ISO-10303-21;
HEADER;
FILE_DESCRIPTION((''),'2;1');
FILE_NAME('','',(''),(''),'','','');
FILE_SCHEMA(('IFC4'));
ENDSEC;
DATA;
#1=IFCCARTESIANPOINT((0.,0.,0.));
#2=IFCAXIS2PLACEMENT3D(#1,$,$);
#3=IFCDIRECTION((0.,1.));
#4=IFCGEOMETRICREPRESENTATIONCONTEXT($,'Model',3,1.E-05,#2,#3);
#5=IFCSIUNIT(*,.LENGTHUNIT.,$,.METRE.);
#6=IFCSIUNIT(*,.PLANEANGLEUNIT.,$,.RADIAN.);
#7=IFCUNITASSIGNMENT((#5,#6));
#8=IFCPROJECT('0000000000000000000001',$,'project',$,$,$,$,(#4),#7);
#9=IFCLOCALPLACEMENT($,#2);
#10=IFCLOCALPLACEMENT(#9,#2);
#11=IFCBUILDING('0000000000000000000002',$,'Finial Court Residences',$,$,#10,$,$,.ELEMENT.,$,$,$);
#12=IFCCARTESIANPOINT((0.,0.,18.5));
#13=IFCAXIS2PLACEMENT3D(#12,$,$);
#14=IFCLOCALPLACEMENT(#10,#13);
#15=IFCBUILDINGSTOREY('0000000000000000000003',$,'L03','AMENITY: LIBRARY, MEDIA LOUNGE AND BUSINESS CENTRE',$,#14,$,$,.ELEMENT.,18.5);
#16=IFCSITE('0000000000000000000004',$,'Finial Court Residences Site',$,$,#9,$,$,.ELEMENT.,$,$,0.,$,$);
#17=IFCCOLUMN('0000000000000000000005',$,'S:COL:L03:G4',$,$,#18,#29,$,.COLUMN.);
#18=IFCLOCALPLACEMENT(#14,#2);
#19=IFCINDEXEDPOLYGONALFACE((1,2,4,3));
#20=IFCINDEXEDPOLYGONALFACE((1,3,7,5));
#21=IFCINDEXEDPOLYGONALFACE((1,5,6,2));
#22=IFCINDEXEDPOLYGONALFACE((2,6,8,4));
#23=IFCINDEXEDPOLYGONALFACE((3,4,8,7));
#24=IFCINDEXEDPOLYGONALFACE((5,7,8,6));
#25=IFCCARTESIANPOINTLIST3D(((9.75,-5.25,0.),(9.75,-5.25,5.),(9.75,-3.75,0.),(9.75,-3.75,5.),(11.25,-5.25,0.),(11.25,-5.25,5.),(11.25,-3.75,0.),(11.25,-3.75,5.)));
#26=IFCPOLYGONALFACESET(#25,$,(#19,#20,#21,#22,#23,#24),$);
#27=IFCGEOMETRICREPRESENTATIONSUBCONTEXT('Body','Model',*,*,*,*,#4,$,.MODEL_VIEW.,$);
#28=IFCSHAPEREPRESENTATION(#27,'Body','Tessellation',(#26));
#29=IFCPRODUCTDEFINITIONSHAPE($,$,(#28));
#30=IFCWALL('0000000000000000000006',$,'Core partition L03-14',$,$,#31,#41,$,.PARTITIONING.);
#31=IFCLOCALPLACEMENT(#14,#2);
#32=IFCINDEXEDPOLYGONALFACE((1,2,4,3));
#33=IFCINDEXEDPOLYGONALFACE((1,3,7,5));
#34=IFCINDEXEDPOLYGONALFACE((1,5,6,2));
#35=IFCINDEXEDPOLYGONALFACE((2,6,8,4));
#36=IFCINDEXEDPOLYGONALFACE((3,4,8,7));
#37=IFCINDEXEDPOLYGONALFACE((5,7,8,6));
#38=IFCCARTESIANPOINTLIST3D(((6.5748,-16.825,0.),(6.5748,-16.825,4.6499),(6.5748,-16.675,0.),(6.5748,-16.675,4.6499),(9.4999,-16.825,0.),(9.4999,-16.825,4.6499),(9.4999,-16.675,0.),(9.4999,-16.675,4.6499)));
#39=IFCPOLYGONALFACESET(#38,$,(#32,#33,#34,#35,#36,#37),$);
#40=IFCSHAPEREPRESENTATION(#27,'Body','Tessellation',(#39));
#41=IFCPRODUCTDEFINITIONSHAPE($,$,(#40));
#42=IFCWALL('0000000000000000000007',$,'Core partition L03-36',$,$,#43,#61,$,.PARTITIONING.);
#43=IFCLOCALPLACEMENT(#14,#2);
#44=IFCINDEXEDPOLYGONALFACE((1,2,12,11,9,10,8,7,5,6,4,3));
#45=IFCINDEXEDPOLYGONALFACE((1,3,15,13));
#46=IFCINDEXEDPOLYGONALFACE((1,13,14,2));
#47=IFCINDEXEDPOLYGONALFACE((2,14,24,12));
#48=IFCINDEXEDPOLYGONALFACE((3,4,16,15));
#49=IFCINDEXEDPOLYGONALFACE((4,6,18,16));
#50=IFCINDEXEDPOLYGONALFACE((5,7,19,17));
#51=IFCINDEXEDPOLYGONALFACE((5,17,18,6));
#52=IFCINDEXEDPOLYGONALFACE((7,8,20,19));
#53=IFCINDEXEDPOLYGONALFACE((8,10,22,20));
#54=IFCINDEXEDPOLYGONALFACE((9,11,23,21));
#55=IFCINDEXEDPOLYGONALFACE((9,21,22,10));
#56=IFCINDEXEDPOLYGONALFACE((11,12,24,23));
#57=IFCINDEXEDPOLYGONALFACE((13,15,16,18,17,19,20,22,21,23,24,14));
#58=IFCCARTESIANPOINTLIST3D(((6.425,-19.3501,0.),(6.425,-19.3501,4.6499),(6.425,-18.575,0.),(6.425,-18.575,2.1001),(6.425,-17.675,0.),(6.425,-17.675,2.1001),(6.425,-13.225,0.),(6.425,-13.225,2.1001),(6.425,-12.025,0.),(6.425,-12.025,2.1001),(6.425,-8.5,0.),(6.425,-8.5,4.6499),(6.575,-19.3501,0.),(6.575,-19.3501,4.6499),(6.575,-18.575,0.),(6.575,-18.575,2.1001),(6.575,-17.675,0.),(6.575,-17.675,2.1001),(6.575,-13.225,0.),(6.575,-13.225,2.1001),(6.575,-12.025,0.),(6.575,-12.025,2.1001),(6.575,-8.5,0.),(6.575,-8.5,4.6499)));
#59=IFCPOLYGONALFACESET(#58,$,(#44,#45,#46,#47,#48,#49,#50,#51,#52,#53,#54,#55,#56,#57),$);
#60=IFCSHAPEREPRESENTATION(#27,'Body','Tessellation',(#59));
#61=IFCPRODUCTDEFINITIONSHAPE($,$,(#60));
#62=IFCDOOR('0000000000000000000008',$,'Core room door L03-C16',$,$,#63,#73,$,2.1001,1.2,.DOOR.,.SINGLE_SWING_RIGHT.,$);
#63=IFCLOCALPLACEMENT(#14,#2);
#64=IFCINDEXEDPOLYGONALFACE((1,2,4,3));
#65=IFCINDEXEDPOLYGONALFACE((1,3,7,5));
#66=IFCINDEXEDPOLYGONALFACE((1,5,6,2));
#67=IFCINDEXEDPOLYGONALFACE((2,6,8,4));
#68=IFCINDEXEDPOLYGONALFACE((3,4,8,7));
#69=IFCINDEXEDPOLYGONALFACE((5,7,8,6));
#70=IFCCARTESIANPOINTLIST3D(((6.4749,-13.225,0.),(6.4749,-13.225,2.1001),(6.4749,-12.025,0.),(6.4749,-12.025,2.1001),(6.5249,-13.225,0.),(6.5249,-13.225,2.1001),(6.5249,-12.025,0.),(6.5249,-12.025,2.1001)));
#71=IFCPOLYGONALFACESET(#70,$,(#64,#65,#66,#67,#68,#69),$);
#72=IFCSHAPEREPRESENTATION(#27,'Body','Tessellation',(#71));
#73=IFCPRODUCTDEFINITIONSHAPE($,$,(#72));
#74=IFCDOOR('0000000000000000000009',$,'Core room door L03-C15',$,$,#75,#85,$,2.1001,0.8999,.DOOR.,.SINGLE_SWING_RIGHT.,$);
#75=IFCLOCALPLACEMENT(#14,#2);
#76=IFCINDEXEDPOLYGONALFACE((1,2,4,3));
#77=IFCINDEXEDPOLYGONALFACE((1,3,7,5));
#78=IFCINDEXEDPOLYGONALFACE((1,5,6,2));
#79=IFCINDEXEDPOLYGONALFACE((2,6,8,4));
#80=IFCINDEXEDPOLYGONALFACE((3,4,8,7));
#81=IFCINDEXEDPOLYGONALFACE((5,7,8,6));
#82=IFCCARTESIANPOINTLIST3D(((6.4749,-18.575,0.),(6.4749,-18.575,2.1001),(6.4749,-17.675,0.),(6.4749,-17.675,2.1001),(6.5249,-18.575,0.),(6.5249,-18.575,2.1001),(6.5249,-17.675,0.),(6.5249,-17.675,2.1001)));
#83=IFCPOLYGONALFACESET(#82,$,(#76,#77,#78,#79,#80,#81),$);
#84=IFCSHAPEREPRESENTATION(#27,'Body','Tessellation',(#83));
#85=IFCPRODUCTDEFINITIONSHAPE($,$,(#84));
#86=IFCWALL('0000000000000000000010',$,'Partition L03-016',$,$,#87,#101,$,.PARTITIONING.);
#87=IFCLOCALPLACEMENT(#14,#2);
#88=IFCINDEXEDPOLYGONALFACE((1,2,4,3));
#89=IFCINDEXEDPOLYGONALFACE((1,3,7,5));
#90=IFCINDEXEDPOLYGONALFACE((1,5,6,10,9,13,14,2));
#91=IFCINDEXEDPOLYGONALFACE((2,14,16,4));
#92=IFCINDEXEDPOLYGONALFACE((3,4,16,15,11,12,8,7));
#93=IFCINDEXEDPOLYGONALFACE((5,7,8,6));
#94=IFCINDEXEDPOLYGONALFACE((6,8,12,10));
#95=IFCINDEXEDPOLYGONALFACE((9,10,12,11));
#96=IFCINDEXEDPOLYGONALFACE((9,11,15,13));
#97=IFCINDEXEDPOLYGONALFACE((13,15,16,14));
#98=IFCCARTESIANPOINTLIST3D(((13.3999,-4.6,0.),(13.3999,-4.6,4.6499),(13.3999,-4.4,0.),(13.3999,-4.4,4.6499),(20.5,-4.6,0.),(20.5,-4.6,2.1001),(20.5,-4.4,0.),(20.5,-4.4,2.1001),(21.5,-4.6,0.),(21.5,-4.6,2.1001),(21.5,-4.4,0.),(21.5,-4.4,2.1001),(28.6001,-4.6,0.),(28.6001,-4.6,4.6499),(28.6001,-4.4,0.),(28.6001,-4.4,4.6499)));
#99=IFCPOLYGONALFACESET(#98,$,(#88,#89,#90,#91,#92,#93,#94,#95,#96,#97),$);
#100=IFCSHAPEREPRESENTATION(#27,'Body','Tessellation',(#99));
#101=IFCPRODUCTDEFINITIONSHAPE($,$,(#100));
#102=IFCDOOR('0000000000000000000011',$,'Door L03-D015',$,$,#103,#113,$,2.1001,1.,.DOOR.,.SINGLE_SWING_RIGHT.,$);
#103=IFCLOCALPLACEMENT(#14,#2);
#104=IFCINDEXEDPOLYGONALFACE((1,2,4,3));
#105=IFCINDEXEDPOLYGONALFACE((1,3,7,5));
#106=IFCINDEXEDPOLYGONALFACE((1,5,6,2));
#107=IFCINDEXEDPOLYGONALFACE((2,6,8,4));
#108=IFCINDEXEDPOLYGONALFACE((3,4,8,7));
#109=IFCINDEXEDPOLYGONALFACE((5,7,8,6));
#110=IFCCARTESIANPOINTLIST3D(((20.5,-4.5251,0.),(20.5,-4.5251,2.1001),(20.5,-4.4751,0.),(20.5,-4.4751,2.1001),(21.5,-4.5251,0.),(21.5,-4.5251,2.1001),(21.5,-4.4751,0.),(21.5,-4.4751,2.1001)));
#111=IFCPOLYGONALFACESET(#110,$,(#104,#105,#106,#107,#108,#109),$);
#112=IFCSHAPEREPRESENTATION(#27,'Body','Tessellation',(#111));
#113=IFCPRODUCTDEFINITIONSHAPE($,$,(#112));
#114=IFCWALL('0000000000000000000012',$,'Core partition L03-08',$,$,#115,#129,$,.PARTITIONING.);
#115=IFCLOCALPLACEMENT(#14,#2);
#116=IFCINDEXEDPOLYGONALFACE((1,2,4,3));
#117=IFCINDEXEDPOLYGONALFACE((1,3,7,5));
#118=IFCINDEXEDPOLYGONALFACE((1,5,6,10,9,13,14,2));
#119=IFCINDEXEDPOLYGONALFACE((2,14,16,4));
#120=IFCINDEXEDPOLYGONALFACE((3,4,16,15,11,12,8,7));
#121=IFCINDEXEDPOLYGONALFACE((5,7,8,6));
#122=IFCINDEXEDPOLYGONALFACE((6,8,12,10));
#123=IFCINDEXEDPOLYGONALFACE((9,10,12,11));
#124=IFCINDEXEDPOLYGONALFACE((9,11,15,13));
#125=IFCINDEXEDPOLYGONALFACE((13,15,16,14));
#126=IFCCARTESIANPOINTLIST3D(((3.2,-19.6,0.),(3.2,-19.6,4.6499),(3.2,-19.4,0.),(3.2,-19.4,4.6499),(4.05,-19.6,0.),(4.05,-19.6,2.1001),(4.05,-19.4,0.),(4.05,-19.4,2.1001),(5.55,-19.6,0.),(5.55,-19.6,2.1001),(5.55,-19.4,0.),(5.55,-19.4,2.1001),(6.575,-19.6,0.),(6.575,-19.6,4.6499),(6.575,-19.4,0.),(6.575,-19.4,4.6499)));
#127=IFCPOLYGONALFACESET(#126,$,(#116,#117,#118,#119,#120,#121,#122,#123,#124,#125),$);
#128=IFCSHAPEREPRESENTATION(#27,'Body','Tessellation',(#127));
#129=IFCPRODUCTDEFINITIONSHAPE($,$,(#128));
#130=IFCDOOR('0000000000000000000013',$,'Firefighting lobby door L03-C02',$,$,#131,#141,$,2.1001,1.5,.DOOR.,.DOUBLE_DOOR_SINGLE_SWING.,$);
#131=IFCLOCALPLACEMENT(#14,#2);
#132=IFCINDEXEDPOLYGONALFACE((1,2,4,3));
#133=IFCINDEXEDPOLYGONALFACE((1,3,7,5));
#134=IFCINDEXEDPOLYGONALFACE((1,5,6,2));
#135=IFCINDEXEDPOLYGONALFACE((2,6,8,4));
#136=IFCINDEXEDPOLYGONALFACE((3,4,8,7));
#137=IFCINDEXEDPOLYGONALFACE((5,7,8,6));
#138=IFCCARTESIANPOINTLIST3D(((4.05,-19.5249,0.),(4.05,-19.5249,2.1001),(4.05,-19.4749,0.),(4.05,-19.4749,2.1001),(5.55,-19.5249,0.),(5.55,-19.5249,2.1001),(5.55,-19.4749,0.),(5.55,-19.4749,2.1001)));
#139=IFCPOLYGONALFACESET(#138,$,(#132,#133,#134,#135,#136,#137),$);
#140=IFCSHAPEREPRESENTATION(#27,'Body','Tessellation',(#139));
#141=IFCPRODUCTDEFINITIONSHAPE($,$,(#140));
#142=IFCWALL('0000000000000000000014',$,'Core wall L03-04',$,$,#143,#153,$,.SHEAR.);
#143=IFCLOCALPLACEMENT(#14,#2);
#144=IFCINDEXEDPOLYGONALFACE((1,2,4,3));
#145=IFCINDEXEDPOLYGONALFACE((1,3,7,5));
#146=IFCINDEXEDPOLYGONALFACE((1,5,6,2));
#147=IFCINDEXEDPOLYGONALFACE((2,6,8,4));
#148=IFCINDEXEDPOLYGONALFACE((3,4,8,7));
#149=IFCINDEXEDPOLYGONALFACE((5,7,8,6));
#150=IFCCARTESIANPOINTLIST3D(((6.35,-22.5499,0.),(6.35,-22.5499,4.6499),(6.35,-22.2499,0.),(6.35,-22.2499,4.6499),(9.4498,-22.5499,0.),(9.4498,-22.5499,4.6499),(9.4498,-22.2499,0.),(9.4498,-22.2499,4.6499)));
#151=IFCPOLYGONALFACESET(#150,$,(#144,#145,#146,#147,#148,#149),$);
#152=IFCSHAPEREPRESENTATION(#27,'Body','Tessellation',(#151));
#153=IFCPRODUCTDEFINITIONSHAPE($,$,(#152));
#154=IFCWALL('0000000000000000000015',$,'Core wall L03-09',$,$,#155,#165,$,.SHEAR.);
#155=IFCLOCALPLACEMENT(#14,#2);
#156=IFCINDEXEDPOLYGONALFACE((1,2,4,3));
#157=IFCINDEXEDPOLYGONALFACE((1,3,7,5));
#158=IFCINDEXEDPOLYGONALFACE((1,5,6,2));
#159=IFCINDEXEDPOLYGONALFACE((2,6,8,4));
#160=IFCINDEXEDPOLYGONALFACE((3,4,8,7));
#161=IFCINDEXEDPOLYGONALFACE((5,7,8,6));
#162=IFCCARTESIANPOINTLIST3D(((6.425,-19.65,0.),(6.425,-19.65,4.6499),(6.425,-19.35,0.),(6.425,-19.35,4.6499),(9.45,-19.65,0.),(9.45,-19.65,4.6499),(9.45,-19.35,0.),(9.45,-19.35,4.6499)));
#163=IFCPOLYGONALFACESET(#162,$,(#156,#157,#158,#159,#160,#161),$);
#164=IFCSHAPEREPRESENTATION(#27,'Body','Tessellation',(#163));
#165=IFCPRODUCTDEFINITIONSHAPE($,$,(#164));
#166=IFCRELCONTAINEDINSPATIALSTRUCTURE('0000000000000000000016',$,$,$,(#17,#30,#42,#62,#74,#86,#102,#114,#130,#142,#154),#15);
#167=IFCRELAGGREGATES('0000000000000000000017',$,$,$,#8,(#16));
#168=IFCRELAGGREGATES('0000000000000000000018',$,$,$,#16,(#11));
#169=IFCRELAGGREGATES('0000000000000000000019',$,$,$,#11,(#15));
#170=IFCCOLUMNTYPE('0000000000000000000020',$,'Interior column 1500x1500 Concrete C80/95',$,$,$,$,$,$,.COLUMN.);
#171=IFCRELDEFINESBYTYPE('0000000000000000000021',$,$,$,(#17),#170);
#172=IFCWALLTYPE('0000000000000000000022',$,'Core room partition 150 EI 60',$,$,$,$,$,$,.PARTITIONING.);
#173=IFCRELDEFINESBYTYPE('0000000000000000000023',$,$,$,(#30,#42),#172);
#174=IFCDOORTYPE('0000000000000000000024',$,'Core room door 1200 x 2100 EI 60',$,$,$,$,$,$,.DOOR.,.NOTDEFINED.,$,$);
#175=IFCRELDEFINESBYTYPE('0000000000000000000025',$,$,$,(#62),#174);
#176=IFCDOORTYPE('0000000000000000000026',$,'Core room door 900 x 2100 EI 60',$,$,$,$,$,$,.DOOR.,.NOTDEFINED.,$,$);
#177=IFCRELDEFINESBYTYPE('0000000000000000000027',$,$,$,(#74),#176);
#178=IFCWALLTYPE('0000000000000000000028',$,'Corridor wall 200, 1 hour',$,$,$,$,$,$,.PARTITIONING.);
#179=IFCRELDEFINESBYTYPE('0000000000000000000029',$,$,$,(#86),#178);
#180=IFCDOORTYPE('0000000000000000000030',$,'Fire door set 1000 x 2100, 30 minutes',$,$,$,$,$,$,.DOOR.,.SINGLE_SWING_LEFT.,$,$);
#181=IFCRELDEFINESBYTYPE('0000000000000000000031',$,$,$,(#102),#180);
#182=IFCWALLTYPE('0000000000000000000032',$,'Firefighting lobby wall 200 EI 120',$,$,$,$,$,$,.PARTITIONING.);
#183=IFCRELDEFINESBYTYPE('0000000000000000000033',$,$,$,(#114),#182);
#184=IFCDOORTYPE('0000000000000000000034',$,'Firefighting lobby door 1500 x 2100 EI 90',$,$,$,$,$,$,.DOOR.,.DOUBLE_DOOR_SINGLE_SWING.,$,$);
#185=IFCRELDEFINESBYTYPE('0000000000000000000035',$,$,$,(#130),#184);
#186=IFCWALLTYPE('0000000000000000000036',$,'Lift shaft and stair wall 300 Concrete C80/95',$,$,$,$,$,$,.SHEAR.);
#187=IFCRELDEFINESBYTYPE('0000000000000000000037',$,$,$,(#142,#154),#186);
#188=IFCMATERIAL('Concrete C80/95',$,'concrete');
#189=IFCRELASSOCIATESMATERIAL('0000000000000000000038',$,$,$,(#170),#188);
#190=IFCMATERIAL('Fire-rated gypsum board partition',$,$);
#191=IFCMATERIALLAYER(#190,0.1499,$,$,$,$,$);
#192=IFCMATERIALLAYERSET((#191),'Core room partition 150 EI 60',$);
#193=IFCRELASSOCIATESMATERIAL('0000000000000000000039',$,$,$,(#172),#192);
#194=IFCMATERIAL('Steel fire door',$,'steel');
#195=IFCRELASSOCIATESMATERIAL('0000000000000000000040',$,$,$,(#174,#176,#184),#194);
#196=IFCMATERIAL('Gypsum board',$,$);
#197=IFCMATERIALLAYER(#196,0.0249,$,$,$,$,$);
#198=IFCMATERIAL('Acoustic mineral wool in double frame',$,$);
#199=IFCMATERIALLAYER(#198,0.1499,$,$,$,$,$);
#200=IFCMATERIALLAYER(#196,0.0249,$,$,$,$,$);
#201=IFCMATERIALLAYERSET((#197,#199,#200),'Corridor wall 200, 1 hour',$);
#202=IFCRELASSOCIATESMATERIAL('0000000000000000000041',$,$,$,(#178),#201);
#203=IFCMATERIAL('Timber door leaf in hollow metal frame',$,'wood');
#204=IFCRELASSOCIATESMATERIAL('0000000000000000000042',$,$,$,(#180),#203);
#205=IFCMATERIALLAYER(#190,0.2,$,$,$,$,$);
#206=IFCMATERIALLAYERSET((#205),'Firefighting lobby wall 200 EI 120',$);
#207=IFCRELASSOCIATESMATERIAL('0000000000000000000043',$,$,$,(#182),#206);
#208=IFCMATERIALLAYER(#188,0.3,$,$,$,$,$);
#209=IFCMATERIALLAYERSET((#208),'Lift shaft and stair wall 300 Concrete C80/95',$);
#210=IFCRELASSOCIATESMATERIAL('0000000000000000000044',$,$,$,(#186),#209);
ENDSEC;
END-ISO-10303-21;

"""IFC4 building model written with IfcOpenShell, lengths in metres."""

from ifc_helpers import new_model, si_unit, direction, frame, frame_2d, origin, origin_2d, place, context, subcontext, project, spatial, rectangle, extrude, material, layer, layer_set, material_profile, profile_set, type_object, element, fill, save


model = new_model("IFC4")

# Units and contexts
model_context = context("Model", 3, precision=1e-05, world=origin(), true_north=direction((0.0, 1.0)))
body_context = subcontext(model_context, "Body", "Model", "MODEL_VIEW")
ifc_project = project(units=[si_unit("LENGTHUNIT", "METRE"), si_unit("PLANEANGLEUNIT", "RADIAN")], contexts=[model_context])

# Site, building, storey
site_placement = place(None, origin())
site = spatial("IfcSite", under=ifc_project, at=site_placement, Name="Finial Court Residences Site", CompositionType="ELEMENT", RefElevation=0.0)
building_placement = place(site_placement, origin())
building = spatial("IfcBuilding", under=site, at=building_placement, Name="Finial Court Residences", CompositionType="ELEMENT")
storey_placement = place(building_placement, frame((0.0, 0.0, 18.5)))
storey = spatial("IfcBuildingStorey", under=building, at=storey_placement, Name="L03", Description="AMENITY: LIBRARY, MEDIA LOUNGE AND BUSINESS CENTRE", CompositionType="ELEMENT", Elevation=18.5)

# Column
ifc_material_1 = material(Name="Concrete C80/95", Category="concrete")
ifc_material_profile = material_profile(ifc_material_1, rectangle(XDim=1.5, YDim=1.5, at=origin_2d()), Name="1500x1500")
ifc_profile_set = profile_set([ifc_material_profile], Name="Concrete C80/95")
column_type = type_object("IfcColumnType", Name="Interior column 1500x1500 Concrete C80/95", PredefinedType="COLUMN", material=ifc_profile_set)
column_placement = place(storey_placement, frame((10.5, -4.5, 0.0), z_axis=(0.0, 0.0, 1.0), x_axis=(1.0, 0.0, 0.0)))
element("IfcColumn", 1, at=column_placement, inside=storey, type_object=column_type, Name="S:COL:L03:G4", PredefinedType="COLUMN", context=body_context, shape_type="SweptSolid", body=[
    extrude(rectangle(XDim=1.5, YDim=1.5, at=origin_2d()), origin(), (0.0, 0.0, 1.0), 5.0),
])

# Wall
ifc_material_2 = material(Name="Fire-rated gypsum board partition")
ifc_layer_1 = layer(ifc_material_2, 0.1499)
ifc_layer_set_1 = layer_set([ifc_layer_1], Name="Core room partition 150 EI 60")
wall_type_1 = type_object("IfcWallType", Name="Core room partition 150 EI 60", PredefinedType="PARTITIONING", material=ifc_layer_set_1)
wall_1_placement = place(storey_placement, frame((6.575, -16.75, 0.0), z_axis=(0.0, 0.0, 1.0), x_axis=(1.0, 0.0, 0.0)))
element("IfcWall", 2, at=wall_1_placement, inside=storey, type_object=wall_type_1, Name="Core partition L03-14", PredefinedType="PARTITIONING", context=body_context, shape_type="SweptSolid", body=[
    extrude(rectangle(XDim=2.925, YDim=0.1499, at=frame_2d((1.4624, 0.0))), origin(), (0.0, 0.0, 1.0), 4.6499),
])

# Wall, openings, doors
wall_2_placement = place(storey_placement, frame((6.5, -8.5, 0.0), z_axis=(0.0, 0.0, 1.0), x_axis=(0.0, -1.0, 0.0)))
wall_2 = element("IfcWall", 3, at=wall_2_placement, inside=storey, type_object=wall_type_1, Name="Core partition L03-36", PredefinedType="PARTITIONING", context=body_context, shape_type="SweptSolid", body=[
    extrude(rectangle(XDim=10.8501, YDim=0.1499, at=frame_2d((5.425, 0.0))), origin(), (0.0, 0.0, 1.0), 4.6499),
])
opening_1_placement = place(wall_2_placement, frame((9.175, 0.0, 0.0)))
opening_1 = element("IfcOpeningElement", 4, at=opening_1_placement, cuts=wall_2, PredefinedType="OPENING", context=body_context, shape_type="SweptSolid", body=[
    extrude(rectangle(XDim=0.8999, YDim=2.1001, at=frame_2d((0.45, 1.05))), frame((0.0, 0.085, 0.0), z_axis=(0.0, -1.0, 0.0), x_axis=(1.0, 0.0, 0.0)), (0.0, 0.0, 1.0), 0.1699),
])
opening_2_placement = place(wall_2_placement, frame((3.5249, 0.0, 0.0)))
opening_2 = element("IfcOpeningElement", 5, at=opening_2_placement, cuts=wall_2, PredefinedType="OPENING", context=body_context, shape_type="SweptSolid", body=[
    extrude(rectangle(XDim=1.2, YDim=2.1001, at=frame_2d((0.6001, 1.05))), frame((0.0, 0.085, 0.0), z_axis=(0.0, -1.0, 0.0), x_axis=(1.0, 0.0, 0.0)), (0.0, 0.0, 1.0), 0.1699),
])
ifc_material_3 = material(Name="Steel fire door", Category="steel")
door_type_1 = type_object("IfcDoorType", Name="Core room door 1200 x 2100 EI 60", OperationType="NOTDEFINED", PredefinedType="DOOR", material=ifc_material_3)
door_1_placement = place(opening_2_placement, origin())
door_1 = element("IfcDoor", 6, at=door_1_placement, inside=storey, type_object=door_type_1, Name="Core room door L03-C16", OperationType="SINGLE_SWING_RIGHT", OverallHeight=2.1001, OverallWidth=1.2, PredefinedType="DOOR", context=body_context, shape_type="SweptSolid", body=[
    extrude(rectangle(XDim=1.2, YDim=2.1001, at=frame_2d((0.6001, 1.05))), frame((0.0, 0.0249, 0.0), z_axis=(0.0, -1.0, 0.0), x_axis=(1.0, 0.0, 0.0)), (0.0, 0.0, 1.0), 0.05),
])
fill(opening_2, door_1)
door_type_2 = type_object("IfcDoorType", Name="Core room door 900 x 2100 EI 60", OperationType="NOTDEFINED", PredefinedType="DOOR", material=ifc_material_3)
door_2_placement = place(opening_1_placement, origin())
door_2 = element("IfcDoor", 7, at=door_2_placement, inside=storey, type_object=door_type_2, Name="Core room door L03-C15", OperationType="SINGLE_SWING_RIGHT", OverallHeight=2.1001, OverallWidth=0.8999, PredefinedType="DOOR", context=body_context, shape_type="SweptSolid", body=[
    extrude(rectangle(XDim=0.8999, YDim=2.1001, at=frame_2d((0.45, 1.05))), frame((0.0, 0.0249, 0.0), z_axis=(0.0, -1.0, 0.0), x_axis=(1.0, 0.0, 0.0)), (0.0, 0.0, 1.0), 0.05),
])
fill(opening_1, door_2)

# Walls, openings, doors
ifc_material_4 = material(Name="Gypsum board")
ifc_layer_2 = layer(ifc_material_4, 0.0249)
ifc_material_5 = material(Name="Acoustic mineral wool in double frame")
ifc_layer_3 = layer(ifc_material_5, 0.1499)
ifc_layer_4 = layer(ifc_material_4, 0.0249)
ifc_layer_set_2 = layer_set([ifc_layer_2, ifc_layer_3, ifc_layer_4], Name="Corridor wall 200, 1 hour")
wall_type_2 = type_object("IfcWallType", Name="Corridor wall 200, 1 hour", PredefinedType="PARTITIONING", material=ifc_layer_set_2)
wall_3_placement = place(storey_placement, frame((13.3999, -4.5, 0.0), z_axis=(0.0, 0.0, 1.0), x_axis=(1.0, 0.0, 0.0)))
wall_3 = element("IfcWall", 8, at=wall_3_placement, inside=storey, type_object=wall_type_2, Name="Partition L03-016", PredefinedType="PARTITIONING", context=body_context, shape_type="SweptSolid", body=[
    extrude(rectangle(XDim=15.2002, YDim=0.2, at=frame_2d((7.6001, 0.0))), origin(), (0.0, 0.0, 1.0), 4.6499),
])
opening_3_placement = place(wall_3_placement, frame((7.1001, 0.0, 0.0)))
opening_3 = element("IfcOpeningElement", 9, at=opening_3_placement, cuts=wall_3, PredefinedType="OPENING", context=body_context, shape_type="SweptSolid", body=[
    extrude(rectangle(XDim=1.0, YDim=2.1001, at=frame_2d((0.5, 1.05))), frame((0.0, 0.1099, 0.0), z_axis=(0.0, -1.0, 0.0), x_axis=(1.0, 0.0, 0.0)), (0.0, 0.0, 1.0), 0.22),
])
ifc_material_6 = material(Name="Timber door leaf in hollow metal frame", Category="wood")
door_type_3 = type_object("IfcDoorType", Name="Fire door set 1000 x 2100, 30 minutes", OperationType="SINGLE_SWING_LEFT", PredefinedType="DOOR", material=ifc_material_6)
door_3_placement = place(opening_3_placement, origin())
door_3 = element("IfcDoor", 10, at=door_3_placement, inside=storey, type_object=door_type_3, Name="Door L03-D015", OperationType="SINGLE_SWING_RIGHT", OverallHeight=2.1001, OverallWidth=1.0, PredefinedType="DOOR", context=body_context, shape_type="SweptSolid", body=[
    extrude(rectangle(XDim=1.0, YDim=2.1001, at=frame_2d((0.5, 1.05))), frame((0.0, 0.0249, 0.0), z_axis=(0.0, -1.0, 0.0), x_axis=(1.0, 0.0, 0.0)), (0.0, 0.0, 1.0), 0.05),
])
fill(opening_3, door_3)
ifc_layer_5 = layer(ifc_material_2, 0.2)
ifc_layer_set_3 = layer_set([ifc_layer_5], Name="Firefighting lobby wall 200 EI 120")
wall_type_3 = type_object("IfcWallType", Name="Firefighting lobby wall 200 EI 120", PredefinedType="PARTITIONING", material=ifc_layer_set_3)
wall_4_placement = place(storey_placement, frame((6.575, -19.5, 0.0), z_axis=(0.0, 0.0, 1.0), x_axis=(-1.0, 0.0, 0.0)))
wall_4 = element("IfcWall", 11, at=wall_4_placement, inside=storey, type_object=wall_type_3, Name="Core partition L03-08", PredefinedType="PARTITIONING", context=body_context, shape_type="SweptSolid", body=[
    extrude(rectangle(XDim=3.375, YDim=0.2, at=frame_2d((1.6875, 0.0))), origin(), (0.0, 0.0, 1.0), 4.6499),
])
opening_4_placement = place(wall_4_placement, frame((1.0249, 0.0, 0.0)))
opening_4 = element("IfcOpeningElement", 12, at=opening_4_placement, cuts=wall_4, PredefinedType="OPENING", context=body_context, shape_type="SweptSolid", body=[
    extrude(rectangle(XDim=1.5, YDim=2.1001, at=frame_2d((0.75, 1.05))), frame((0.0, 0.1099, 0.0), z_axis=(0.0, -1.0, 0.0), x_axis=(1.0, 0.0, 0.0)), (0.0, 0.0, 1.0), 0.22),
])
door_type_4 = type_object("IfcDoorType", Name="Firefighting lobby door 1500 x 2100 EI 90", OperationType="DOUBLE_DOOR_SINGLE_SWING", PredefinedType="DOOR", material=ifc_material_3)
door_4_placement = place(opening_4_placement, origin())
door_4 = element("IfcDoor", 13, at=door_4_placement, inside=storey, type_object=door_type_4, Name="Firefighting lobby door L03-C02", OperationType="DOUBLE_DOOR_SINGLE_SWING", OverallHeight=2.1001, OverallWidth=1.5, PredefinedType="DOOR", context=body_context, shape_type="SweptSolid", body=[
    extrude(rectangle(XDim=1.5, YDim=2.1001, at=frame_2d((0.75, 1.05))), frame((0.0, 0.0249, 0.0), z_axis=(0.0, -1.0, 0.0), x_axis=(1.0, 0.0, 0.0)), (0.0, 0.0, 1.0), 0.05),
])
fill(opening_4, door_4)

# Walls
ifc_layer_6 = layer(ifc_material_1, 0.3)
ifc_layer_set_4 = layer_set([ifc_layer_6], Name="Lift shaft and stair wall 300 Concrete C80/95")
wall_type_4 = type_object("IfcWallType", Name="Lift shaft and stair wall 300 Concrete C80/95", PredefinedType="SHEAR", material=ifc_layer_set_4)
wall_5_placement = place(storey_placement, frame((6.3501, -22.3999, 0.0), z_axis=(0.0, 0.0, 1.0), x_axis=(1.0, 0.0, 0.0)))
element("IfcWall", 14, at=wall_5_placement, inside=storey, type_object=wall_type_4, Name="Core wall L03-04", PredefinedType="SHEAR", context=body_context, shape_type="SweptSolid", body=[
    extrude(rectangle(XDim=3.0999, YDim=0.3, at=frame_2d((1.5498, 0.0))), origin(), (0.0, 0.0, 1.0), 4.6499),
])
wall_6_placement = place(storey_placement, frame((6.425, -19.5, 0.0), z_axis=(0.0, 0.0, 1.0), x_axis=(1.0, 0.0, 0.0)))
element("IfcWall", 15, at=wall_6_placement, inside=storey, type_object=wall_type_4, Name="Core wall L03-09", PredefinedType="SHEAR", context=body_context, shape_type="SweptSolid", body=[
    extrude(rectangle(XDim=3.0249, YDim=0.3, at=frame_2d((1.5125, 0.0))), origin(), (0.0, 0.0, 1.0), 4.6499),
])

save(model, "model.ifc")
